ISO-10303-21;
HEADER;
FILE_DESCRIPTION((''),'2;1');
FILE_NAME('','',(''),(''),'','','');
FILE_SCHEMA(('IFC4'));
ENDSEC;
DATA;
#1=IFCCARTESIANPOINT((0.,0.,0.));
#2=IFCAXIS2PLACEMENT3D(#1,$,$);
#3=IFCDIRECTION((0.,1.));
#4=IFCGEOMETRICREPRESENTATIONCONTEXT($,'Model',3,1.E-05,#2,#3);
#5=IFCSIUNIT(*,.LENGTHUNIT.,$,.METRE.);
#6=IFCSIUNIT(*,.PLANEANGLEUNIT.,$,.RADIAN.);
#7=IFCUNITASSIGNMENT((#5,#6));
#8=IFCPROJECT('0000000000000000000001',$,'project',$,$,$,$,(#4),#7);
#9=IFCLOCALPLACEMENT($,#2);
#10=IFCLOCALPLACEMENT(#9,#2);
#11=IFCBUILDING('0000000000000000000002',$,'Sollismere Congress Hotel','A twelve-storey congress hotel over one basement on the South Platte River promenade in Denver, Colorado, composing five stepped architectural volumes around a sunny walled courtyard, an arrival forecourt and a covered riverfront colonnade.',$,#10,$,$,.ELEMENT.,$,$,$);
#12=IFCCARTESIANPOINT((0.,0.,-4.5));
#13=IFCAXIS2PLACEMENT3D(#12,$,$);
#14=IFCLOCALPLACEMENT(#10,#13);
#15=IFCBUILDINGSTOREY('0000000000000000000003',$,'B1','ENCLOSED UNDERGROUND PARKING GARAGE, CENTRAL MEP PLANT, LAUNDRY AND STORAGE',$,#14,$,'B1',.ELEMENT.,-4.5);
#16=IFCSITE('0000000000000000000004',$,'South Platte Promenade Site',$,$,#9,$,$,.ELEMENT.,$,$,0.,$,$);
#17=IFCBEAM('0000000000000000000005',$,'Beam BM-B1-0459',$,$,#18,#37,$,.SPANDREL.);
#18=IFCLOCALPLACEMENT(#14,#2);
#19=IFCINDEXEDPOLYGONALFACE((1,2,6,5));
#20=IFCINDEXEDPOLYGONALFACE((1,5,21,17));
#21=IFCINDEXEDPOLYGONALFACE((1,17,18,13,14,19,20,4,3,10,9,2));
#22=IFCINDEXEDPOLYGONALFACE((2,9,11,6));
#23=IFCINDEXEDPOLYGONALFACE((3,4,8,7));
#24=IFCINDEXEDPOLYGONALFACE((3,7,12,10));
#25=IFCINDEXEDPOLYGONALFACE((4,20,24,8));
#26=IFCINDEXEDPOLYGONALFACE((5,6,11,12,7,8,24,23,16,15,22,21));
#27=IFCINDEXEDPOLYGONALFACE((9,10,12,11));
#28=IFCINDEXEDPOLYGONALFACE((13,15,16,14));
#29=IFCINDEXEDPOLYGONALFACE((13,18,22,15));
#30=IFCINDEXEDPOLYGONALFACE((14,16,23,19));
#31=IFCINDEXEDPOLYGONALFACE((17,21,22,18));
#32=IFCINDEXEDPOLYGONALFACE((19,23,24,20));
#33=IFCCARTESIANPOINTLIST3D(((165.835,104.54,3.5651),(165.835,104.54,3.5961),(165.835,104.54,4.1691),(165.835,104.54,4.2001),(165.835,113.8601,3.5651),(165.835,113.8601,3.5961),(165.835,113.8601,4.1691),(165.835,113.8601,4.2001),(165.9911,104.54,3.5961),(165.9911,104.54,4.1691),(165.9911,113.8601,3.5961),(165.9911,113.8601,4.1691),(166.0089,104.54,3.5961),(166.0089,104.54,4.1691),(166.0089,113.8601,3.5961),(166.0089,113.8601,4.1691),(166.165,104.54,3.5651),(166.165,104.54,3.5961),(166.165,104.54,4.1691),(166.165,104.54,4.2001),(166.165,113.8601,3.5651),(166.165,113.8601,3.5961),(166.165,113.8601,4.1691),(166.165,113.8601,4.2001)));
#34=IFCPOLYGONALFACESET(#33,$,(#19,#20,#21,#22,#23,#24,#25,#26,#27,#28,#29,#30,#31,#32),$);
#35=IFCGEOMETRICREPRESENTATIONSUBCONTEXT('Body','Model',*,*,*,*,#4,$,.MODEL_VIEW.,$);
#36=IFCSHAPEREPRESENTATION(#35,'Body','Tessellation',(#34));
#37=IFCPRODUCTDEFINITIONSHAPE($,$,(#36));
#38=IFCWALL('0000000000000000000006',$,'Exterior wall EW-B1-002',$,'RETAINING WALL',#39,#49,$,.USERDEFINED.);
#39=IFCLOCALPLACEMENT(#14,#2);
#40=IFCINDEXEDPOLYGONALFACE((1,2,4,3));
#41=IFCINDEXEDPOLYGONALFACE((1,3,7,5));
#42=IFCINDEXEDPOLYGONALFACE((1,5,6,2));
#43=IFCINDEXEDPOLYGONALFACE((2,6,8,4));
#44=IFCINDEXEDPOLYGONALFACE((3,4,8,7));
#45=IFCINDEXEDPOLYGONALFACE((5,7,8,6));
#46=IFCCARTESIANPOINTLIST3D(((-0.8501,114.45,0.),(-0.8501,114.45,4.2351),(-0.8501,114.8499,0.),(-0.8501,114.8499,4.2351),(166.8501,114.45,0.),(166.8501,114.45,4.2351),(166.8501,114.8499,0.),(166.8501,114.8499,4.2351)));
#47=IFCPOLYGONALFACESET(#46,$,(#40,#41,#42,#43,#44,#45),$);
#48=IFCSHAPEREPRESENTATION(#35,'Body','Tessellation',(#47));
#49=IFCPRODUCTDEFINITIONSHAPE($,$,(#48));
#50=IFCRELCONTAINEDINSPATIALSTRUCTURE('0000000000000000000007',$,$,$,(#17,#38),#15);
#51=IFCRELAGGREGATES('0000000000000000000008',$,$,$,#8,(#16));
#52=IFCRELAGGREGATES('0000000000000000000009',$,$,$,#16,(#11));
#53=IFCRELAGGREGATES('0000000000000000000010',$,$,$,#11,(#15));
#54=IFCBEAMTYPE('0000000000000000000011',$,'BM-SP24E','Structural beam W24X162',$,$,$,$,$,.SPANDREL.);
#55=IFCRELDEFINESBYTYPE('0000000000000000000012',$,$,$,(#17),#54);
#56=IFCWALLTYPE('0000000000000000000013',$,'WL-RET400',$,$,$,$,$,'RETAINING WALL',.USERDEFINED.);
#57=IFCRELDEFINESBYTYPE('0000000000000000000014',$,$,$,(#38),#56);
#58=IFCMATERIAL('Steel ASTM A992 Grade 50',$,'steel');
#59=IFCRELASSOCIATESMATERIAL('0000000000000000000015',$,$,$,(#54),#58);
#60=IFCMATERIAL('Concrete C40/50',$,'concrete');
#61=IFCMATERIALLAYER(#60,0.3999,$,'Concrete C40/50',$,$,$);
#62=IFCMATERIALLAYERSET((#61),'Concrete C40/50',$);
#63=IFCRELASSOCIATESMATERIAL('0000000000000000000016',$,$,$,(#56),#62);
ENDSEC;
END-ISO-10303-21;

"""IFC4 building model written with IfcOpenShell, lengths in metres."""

from ifc_helpers import new_model, si_unit, direction, frame, frame_2d, origin, origin_2d, place, context, subcontext, project, spatial, rectangle, i_section, extrude, material, layer, layer_set, material_profile, profile_set, type_object, element, save


model = new_model("IFC4")

# Units and contexts
model_context = context("Model", 3, precision=1e-05, world=origin(), true_north=direction((0.0, 1.0)))
body_context = subcontext(model_context, "Body", "Model", "MODEL_VIEW")
ifc_project = project(units=[si_unit("LENGTHUNIT", "METRE"), si_unit("PLANEANGLEUNIT", "RADIAN")], contexts=[model_context])

# Site, building, storey
site_placement = place(None, origin())
site = spatial("IfcSite", under=ifc_project, at=site_placement, Name="South Platte Promenade Site", CompositionType="ELEMENT", RefElevation=0.0)
building_placement = place(site_placement, origin())
building = spatial("IfcBuilding", under=site, at=building_placement, Name="Sollismere Congress Hotel", Description="A twelve-storey congress hotel over one basement on the South Platte River promenade in Denver, Colorado, composing five stepped architectural volumes around a sunny walled courtyard, an arrival forecourt and a covered riverfront colonnade.", CompositionType="ELEMENT")
storey_placement = place(building_placement, frame((0.0, 0.0, -4.5)))
storey = spatial("IfcBuildingStorey", under=building, at=storey_placement, Name="B1", Description="ENCLOSED UNDERGROUND PARKING GARAGE, CENTRAL MEP PLANT, LAUNDRY AND STORAGE", LongName="B1", CompositionType="ELEMENT", Elevation=-4.5)

# Shared definitions
ifc_material_1 = material(Name="Concrete C40/50", Category="concrete")

# Beam
ifc_material_2 = material(Name="Steel ASTM A992 Grade 50", Category="steel")
ifc_material_profile_1 = material_profile(ifc_material_2, i_section(OverallWidth=0.3301, OverallDepth=0.635, WebThickness=0.0178, FlangeThickness=0.031, at=origin_2d()), Name="W24X162")
ifc_profile_set_1 = profile_set([ifc_material_profile_1], Name="Steel ASTM A992 Grade 50")
beam_type_1 = type_object("IfcBeamType", Name="BM-SP24E", Description="Structural beam W24X162", PredefinedType="SPANDREL", material=ifc_profile_set_1)
beam_1_placement = place(storey_placement, frame((166.0, 104.54, 3.8826), z_axis=(0.0, 1.0, 0.0), x_axis=(-1.0, 0.0, 0.0)))
element("IfcBeam", 1, at=beam_1_placement, inside=storey, type_object=beam_type_1, Name="Beam BM-B1-0459", PredefinedType="SPANDREL", context=body_context, shape_type="SweptSolid", body=[
    extrude(i_section(OverallWidth=0.3301, OverallDepth=0.635, WebThickness=0.0178, FlangeThickness=0.031, at=origin_2d()), origin(), (0.0, 0.0, 1.0), 9.3201),
])

# Wall
ifc_layer = layer(ifc_material_1, 0.3999, Name="Concrete C40/50")
ifc_layer_set = layer_set([ifc_layer], Name="Concrete C40/50")
wall_type = type_object("IfcWallType", Name="WL-RET400", ElementType="RETAINING WALL", PredefinedType="USERDEFINED", material=ifc_layer_set)
wall_placement = place(storey_placement, frame((166.8501, 114.6499, 0.0), z_axis=(0.0, 0.0, 1.0), x_axis=(-1.0, 0.0, 0.0)))
element("IfcWall", 2, at=wall_placement, inside=storey, type_object=wall_type, Name="Exterior wall EW-B1-002", ObjectType="RETAINING WALL", PredefinedType="USERDEFINED", context=body_context, shape_type="SweptSolid", body=[
    extrude(rectangle(XDim=167.7002, YDim=0.3999, at=frame_2d((83.8501, 0.0))), origin(), (0.0, 0.0, 1.0), 4.2351),
])

save(model, "model.ifc")
